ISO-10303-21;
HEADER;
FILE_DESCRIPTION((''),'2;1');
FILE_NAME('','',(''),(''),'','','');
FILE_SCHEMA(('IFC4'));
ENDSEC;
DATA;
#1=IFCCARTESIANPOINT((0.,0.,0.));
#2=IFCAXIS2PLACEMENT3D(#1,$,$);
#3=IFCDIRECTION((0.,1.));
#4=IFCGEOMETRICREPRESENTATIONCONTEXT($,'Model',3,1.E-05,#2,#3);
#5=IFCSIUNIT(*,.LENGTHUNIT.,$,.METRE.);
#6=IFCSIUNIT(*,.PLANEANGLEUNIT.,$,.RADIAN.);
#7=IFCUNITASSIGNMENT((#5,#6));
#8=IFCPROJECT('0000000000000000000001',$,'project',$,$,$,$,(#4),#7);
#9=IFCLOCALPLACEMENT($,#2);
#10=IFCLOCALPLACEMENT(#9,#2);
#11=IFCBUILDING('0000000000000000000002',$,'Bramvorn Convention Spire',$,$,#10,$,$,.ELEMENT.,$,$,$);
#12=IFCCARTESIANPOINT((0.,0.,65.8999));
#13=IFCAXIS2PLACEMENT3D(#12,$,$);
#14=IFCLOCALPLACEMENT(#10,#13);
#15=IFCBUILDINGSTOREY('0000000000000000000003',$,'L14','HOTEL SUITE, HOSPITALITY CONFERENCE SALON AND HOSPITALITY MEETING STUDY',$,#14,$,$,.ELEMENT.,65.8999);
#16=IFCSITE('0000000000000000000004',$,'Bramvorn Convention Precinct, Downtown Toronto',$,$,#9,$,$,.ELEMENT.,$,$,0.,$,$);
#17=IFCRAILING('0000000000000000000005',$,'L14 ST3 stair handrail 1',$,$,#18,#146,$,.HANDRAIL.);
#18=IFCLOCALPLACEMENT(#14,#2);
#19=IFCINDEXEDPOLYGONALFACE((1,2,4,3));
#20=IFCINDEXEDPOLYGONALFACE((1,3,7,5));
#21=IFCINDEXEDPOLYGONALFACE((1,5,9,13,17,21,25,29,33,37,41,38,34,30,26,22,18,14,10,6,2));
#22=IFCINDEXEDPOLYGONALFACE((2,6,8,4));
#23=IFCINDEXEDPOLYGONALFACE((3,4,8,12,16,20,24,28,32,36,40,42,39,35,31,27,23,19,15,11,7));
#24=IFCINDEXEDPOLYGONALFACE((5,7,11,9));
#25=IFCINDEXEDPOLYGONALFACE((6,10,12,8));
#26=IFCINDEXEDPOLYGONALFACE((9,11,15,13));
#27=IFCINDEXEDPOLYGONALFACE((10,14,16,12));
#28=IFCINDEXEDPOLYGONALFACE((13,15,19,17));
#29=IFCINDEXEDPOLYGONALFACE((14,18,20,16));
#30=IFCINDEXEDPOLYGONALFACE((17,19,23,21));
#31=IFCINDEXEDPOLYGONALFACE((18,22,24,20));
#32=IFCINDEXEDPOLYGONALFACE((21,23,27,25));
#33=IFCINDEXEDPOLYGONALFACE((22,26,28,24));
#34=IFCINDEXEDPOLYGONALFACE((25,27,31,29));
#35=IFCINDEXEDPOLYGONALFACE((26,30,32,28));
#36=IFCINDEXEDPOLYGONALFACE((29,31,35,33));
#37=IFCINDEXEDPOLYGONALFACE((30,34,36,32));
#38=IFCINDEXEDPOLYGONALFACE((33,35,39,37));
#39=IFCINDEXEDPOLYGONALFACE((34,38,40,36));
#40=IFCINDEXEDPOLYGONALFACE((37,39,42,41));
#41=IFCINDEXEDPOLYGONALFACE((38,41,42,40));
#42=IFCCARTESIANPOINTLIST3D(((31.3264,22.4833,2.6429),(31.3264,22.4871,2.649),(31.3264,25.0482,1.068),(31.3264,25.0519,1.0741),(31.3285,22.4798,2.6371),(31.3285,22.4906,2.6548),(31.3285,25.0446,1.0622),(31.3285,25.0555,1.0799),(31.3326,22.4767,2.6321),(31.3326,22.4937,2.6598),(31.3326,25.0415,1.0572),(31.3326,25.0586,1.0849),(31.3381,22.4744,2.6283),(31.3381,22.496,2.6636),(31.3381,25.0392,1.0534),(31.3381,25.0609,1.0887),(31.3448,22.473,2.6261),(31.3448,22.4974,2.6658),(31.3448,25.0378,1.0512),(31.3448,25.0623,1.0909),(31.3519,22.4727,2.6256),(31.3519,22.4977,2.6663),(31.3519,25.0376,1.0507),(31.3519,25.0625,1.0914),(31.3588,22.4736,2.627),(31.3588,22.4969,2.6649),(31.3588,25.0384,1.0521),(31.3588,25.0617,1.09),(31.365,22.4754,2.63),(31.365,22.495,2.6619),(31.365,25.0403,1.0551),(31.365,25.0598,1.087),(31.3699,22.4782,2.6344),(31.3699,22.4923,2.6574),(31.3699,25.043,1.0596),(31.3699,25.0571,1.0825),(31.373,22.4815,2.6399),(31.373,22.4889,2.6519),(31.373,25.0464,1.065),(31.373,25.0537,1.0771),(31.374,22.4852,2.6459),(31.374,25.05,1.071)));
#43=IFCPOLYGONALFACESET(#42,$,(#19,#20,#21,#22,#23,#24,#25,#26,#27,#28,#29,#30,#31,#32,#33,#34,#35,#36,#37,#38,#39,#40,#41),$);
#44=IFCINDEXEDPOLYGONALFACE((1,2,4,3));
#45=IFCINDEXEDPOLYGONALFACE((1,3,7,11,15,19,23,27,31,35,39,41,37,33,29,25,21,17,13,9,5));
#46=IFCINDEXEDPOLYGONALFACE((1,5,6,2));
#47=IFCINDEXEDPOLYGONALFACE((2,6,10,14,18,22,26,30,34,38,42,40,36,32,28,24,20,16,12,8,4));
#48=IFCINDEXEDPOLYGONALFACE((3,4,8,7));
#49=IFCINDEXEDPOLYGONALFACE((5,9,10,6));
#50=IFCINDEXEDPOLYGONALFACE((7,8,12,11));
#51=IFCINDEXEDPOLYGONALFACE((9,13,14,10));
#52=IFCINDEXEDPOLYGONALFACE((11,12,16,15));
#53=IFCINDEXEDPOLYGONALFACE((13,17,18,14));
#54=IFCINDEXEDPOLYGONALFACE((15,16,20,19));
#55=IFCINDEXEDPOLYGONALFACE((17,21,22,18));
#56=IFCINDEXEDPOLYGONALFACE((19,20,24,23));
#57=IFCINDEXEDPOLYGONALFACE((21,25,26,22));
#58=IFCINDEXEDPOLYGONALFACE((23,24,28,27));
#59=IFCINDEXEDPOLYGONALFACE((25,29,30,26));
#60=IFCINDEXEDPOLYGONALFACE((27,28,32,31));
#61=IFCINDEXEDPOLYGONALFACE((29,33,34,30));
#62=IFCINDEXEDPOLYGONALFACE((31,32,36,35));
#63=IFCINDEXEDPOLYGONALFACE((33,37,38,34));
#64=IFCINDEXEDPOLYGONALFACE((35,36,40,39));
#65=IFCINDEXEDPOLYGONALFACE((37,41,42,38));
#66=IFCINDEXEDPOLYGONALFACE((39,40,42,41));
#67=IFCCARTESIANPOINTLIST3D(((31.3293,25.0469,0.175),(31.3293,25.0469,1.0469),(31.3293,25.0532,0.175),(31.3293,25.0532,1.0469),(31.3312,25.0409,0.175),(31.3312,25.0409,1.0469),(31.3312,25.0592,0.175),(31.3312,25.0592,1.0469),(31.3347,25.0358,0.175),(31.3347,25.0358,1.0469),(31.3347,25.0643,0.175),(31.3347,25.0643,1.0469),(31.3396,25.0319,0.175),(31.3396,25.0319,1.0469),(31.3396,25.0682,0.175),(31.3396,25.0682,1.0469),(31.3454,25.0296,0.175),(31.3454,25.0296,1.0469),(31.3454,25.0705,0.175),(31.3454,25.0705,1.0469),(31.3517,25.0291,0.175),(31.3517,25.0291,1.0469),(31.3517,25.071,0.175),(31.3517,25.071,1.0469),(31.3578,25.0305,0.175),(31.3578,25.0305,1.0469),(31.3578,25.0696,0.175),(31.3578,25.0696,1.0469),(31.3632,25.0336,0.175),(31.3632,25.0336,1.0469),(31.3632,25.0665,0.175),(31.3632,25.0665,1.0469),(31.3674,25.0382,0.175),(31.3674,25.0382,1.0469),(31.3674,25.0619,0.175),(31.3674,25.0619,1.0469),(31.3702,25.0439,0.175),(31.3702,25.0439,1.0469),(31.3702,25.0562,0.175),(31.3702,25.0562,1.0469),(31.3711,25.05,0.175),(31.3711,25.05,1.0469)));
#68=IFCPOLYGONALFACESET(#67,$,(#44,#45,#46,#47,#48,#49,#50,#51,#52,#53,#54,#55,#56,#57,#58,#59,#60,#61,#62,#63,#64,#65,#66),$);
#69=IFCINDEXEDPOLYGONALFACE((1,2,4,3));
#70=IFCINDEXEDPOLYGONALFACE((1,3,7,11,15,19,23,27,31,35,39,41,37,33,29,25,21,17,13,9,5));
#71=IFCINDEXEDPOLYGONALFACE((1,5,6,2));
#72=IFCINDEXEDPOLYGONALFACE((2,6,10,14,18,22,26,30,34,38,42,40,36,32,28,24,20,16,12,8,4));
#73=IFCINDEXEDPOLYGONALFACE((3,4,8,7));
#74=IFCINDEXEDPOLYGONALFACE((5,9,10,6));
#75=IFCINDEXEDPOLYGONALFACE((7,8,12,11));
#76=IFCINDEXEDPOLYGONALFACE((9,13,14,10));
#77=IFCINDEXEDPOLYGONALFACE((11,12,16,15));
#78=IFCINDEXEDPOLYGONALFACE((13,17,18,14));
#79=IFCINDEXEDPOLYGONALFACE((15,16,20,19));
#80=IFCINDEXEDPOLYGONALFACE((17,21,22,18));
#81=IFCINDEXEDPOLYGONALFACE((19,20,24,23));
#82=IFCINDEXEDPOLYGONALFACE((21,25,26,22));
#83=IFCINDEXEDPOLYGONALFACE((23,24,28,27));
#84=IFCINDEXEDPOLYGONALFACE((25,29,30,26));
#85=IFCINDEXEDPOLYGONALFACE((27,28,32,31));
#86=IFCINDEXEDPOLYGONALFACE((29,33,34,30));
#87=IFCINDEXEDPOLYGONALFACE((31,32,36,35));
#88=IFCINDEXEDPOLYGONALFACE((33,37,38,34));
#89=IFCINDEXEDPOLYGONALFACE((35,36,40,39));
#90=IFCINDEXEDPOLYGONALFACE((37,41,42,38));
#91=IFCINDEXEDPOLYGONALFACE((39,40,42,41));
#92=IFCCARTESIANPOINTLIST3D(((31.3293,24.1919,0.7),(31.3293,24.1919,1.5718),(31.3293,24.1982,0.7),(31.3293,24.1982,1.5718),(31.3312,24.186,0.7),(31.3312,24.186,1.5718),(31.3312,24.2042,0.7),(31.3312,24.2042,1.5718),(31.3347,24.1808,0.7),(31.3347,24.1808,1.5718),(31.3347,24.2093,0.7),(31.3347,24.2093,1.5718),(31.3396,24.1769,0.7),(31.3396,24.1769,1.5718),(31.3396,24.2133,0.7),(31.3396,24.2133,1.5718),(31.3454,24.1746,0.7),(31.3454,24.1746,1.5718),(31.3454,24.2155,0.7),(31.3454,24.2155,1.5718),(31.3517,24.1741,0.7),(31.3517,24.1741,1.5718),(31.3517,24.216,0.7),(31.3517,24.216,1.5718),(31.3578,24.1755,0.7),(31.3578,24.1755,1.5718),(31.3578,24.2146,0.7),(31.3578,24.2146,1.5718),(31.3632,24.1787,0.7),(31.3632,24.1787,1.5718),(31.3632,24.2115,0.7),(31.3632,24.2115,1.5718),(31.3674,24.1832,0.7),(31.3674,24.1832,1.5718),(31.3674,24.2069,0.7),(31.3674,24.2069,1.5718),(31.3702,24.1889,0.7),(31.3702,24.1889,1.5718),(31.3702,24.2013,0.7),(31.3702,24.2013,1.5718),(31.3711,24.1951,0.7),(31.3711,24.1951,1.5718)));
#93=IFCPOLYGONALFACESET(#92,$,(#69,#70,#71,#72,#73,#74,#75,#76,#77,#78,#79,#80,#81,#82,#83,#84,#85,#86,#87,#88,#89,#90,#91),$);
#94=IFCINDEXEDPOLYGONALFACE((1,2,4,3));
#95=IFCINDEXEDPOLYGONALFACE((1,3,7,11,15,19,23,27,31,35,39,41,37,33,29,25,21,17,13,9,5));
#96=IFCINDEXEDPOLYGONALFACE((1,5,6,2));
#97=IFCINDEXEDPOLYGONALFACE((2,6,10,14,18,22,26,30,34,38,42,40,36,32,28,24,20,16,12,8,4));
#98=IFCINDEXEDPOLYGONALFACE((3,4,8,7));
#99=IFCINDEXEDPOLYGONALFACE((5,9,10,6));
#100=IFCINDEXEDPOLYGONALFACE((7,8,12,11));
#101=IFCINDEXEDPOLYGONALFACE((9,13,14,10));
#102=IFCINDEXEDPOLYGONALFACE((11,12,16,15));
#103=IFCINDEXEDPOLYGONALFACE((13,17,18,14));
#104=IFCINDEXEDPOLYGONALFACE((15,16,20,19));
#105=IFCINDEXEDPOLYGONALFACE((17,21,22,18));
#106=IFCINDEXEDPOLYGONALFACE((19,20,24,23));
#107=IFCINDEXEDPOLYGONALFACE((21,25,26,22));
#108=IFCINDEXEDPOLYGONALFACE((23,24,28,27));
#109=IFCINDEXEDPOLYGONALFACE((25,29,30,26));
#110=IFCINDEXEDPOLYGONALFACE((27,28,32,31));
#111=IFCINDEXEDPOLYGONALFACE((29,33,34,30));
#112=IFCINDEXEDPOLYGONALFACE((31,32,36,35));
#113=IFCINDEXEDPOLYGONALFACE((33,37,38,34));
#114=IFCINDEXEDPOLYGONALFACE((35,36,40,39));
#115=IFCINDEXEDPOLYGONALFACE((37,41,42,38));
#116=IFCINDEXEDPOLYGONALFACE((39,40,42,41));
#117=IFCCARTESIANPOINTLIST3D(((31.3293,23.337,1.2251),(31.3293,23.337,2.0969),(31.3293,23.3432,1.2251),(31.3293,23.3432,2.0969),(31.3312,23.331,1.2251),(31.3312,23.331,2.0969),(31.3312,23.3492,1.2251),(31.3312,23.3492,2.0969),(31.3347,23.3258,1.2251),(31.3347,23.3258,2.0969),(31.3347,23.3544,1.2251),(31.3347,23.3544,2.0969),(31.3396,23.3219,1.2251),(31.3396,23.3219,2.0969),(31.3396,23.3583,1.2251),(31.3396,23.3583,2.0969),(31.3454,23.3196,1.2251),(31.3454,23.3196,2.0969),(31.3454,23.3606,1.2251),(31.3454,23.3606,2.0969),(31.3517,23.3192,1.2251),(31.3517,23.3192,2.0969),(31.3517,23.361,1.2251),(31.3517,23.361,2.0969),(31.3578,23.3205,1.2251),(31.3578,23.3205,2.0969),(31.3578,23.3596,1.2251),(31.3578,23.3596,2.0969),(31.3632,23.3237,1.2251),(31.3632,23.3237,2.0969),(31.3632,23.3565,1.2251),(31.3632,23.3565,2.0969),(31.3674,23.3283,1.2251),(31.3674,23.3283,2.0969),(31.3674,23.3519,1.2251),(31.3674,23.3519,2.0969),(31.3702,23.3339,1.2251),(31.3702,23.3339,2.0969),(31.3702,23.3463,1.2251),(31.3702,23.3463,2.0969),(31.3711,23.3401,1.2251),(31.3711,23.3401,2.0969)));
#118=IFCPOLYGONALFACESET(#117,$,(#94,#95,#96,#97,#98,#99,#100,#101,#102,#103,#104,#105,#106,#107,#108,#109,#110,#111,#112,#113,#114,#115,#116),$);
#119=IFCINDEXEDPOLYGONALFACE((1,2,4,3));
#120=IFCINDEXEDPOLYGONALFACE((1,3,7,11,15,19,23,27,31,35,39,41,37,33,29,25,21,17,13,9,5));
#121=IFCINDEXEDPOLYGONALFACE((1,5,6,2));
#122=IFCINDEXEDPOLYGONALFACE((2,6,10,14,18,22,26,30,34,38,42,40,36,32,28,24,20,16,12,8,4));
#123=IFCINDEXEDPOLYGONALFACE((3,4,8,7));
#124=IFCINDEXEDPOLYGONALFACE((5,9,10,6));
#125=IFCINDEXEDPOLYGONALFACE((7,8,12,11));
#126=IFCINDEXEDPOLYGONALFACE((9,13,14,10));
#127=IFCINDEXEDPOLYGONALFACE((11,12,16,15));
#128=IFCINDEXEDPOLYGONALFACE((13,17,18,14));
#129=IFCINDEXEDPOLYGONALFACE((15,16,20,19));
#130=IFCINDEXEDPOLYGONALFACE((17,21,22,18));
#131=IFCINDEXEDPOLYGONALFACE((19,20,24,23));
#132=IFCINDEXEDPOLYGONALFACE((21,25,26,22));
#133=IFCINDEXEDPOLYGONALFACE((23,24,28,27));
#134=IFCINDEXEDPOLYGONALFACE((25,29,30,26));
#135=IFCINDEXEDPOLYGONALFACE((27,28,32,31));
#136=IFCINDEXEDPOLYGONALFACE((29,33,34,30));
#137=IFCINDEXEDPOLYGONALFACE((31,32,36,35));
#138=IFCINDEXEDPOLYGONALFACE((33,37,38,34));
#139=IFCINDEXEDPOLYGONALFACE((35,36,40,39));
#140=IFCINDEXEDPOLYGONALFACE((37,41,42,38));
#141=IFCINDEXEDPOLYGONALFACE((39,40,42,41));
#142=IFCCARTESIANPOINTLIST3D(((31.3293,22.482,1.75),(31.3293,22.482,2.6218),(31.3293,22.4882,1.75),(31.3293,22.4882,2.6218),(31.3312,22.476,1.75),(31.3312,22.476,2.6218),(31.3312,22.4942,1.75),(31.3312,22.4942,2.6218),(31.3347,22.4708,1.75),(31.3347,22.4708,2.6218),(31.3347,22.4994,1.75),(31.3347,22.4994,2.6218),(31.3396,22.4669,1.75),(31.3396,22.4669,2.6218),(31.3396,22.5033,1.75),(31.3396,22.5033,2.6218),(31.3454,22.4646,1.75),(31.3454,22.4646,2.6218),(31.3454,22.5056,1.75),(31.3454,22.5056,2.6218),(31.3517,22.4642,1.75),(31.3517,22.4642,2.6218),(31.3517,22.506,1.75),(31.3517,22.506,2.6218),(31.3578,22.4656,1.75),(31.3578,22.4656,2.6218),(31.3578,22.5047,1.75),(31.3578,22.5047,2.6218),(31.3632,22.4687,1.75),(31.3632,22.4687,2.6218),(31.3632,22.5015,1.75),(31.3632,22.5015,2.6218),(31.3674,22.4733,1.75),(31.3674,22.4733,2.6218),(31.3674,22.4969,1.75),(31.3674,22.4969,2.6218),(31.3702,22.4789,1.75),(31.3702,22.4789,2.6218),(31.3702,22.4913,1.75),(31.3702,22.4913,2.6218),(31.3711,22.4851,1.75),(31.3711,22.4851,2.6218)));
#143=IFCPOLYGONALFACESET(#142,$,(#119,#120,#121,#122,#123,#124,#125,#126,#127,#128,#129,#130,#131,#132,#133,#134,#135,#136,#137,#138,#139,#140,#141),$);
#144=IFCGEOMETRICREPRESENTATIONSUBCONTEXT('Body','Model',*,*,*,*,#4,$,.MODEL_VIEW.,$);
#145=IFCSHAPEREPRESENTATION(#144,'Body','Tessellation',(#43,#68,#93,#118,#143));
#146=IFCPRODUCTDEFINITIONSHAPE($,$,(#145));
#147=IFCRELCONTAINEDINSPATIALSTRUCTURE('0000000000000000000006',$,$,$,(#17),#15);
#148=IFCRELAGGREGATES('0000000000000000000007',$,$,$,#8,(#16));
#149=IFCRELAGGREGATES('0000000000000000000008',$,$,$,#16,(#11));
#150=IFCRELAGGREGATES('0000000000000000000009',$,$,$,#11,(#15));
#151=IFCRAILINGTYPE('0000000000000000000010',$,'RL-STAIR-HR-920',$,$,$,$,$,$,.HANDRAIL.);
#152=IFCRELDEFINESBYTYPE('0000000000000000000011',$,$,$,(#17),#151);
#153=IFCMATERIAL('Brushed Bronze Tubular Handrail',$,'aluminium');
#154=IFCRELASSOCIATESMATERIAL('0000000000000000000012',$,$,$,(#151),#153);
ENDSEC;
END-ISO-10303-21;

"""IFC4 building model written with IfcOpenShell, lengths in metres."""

from ifc_helpers import new_model, si_unit, direction, frame, origin, origin_2d, place, context, subcontext, project, spatial, circle, extrude, material, type_object, element, save


model = new_model("IFC4")

# Units and contexts
model_context = context("Model", 3, precision=1e-05, world=origin(), true_north=direction((0.0, 1.0)))
body_context = subcontext(model_context, "Body", "Model", "MODEL_VIEW")
ifc_project = project(units=[si_unit("LENGTHUNIT", "METRE"), si_unit("PLANEANGLEUNIT", "RADIAN")], contexts=[model_context])

# Site, building, storey
site_placement = place(None, origin())
site = spatial("IfcSite", under=ifc_project, at=site_placement, Name="Bramvorn Convention Precinct, Downtown Toronto", CompositionType="ELEMENT", RefElevation=0.0)
building_placement = place(site_placement, origin())
building = spatial("IfcBuilding", under=site, at=building_placement, Name="Bramvorn Convention Spire", CompositionType="ELEMENT")
storey_placement = place(building_placement, frame((0.0, 0.0, 65.8999)))
storey = spatial("IfcBuildingStorey", under=building, at=storey_placement, Name="L14", Description="HOTEL SUITE, HOSPITALITY CONFERENCE SALON AND HOSPITALITY MEETING STUDY", CompositionType="ELEMENT", Elevation=65.8999)

# Railing
ifc_material_1 = material(Name="Brushed Bronze Tubular Handrail", Category="aluminium")
railing_type_1 = type_object("IfcRailingType", Name="RL-STAIR-HR-920", PredefinedType="HANDRAIL", material=ifc_material_1)
railing_1_placement = place(storey_placement, frame((31.3501, 25.05, 0.175)))
element("IfcRailing", 1, at=railing_1_placement, inside=storey, type_object=railing_type_1, Name="L14 ST3 stair handrail 1", PredefinedType="HANDRAIL", context=body_context, shape_type="SweptSolid", body=[
    extrude(circle(Radius=0.0239, at=origin_2d()), frame((0.0, 0.0, 0.896), z_axis=(0.0, -0.852173, 0.52326), x_axis=(1.0, 0.0, 0.0)), (0.0, 0.0, 1.0), 3.0098),
    extrude(circle(Radius=0.021, at=origin_2d()), origin(), (0.0, 0.0, 1.0), 0.8718),
    extrude(circle(Radius=0.021, at=origin_2d()), frame((0.0, -0.855, 0.5249)), (0.0, 0.0, 1.0), 0.8718),
    extrude(circle(Radius=0.021, at=origin_2d()), frame((0.0, -1.71, 1.05)), (0.0, 0.0, 1.0), 0.8718),
    extrude(circle(Radius=0.021, at=origin_2d()), frame((0.0, -2.5649, 1.575)), (0.0, 0.0, 1.0), 0.8718),
])

save(model, "model.ifc")
